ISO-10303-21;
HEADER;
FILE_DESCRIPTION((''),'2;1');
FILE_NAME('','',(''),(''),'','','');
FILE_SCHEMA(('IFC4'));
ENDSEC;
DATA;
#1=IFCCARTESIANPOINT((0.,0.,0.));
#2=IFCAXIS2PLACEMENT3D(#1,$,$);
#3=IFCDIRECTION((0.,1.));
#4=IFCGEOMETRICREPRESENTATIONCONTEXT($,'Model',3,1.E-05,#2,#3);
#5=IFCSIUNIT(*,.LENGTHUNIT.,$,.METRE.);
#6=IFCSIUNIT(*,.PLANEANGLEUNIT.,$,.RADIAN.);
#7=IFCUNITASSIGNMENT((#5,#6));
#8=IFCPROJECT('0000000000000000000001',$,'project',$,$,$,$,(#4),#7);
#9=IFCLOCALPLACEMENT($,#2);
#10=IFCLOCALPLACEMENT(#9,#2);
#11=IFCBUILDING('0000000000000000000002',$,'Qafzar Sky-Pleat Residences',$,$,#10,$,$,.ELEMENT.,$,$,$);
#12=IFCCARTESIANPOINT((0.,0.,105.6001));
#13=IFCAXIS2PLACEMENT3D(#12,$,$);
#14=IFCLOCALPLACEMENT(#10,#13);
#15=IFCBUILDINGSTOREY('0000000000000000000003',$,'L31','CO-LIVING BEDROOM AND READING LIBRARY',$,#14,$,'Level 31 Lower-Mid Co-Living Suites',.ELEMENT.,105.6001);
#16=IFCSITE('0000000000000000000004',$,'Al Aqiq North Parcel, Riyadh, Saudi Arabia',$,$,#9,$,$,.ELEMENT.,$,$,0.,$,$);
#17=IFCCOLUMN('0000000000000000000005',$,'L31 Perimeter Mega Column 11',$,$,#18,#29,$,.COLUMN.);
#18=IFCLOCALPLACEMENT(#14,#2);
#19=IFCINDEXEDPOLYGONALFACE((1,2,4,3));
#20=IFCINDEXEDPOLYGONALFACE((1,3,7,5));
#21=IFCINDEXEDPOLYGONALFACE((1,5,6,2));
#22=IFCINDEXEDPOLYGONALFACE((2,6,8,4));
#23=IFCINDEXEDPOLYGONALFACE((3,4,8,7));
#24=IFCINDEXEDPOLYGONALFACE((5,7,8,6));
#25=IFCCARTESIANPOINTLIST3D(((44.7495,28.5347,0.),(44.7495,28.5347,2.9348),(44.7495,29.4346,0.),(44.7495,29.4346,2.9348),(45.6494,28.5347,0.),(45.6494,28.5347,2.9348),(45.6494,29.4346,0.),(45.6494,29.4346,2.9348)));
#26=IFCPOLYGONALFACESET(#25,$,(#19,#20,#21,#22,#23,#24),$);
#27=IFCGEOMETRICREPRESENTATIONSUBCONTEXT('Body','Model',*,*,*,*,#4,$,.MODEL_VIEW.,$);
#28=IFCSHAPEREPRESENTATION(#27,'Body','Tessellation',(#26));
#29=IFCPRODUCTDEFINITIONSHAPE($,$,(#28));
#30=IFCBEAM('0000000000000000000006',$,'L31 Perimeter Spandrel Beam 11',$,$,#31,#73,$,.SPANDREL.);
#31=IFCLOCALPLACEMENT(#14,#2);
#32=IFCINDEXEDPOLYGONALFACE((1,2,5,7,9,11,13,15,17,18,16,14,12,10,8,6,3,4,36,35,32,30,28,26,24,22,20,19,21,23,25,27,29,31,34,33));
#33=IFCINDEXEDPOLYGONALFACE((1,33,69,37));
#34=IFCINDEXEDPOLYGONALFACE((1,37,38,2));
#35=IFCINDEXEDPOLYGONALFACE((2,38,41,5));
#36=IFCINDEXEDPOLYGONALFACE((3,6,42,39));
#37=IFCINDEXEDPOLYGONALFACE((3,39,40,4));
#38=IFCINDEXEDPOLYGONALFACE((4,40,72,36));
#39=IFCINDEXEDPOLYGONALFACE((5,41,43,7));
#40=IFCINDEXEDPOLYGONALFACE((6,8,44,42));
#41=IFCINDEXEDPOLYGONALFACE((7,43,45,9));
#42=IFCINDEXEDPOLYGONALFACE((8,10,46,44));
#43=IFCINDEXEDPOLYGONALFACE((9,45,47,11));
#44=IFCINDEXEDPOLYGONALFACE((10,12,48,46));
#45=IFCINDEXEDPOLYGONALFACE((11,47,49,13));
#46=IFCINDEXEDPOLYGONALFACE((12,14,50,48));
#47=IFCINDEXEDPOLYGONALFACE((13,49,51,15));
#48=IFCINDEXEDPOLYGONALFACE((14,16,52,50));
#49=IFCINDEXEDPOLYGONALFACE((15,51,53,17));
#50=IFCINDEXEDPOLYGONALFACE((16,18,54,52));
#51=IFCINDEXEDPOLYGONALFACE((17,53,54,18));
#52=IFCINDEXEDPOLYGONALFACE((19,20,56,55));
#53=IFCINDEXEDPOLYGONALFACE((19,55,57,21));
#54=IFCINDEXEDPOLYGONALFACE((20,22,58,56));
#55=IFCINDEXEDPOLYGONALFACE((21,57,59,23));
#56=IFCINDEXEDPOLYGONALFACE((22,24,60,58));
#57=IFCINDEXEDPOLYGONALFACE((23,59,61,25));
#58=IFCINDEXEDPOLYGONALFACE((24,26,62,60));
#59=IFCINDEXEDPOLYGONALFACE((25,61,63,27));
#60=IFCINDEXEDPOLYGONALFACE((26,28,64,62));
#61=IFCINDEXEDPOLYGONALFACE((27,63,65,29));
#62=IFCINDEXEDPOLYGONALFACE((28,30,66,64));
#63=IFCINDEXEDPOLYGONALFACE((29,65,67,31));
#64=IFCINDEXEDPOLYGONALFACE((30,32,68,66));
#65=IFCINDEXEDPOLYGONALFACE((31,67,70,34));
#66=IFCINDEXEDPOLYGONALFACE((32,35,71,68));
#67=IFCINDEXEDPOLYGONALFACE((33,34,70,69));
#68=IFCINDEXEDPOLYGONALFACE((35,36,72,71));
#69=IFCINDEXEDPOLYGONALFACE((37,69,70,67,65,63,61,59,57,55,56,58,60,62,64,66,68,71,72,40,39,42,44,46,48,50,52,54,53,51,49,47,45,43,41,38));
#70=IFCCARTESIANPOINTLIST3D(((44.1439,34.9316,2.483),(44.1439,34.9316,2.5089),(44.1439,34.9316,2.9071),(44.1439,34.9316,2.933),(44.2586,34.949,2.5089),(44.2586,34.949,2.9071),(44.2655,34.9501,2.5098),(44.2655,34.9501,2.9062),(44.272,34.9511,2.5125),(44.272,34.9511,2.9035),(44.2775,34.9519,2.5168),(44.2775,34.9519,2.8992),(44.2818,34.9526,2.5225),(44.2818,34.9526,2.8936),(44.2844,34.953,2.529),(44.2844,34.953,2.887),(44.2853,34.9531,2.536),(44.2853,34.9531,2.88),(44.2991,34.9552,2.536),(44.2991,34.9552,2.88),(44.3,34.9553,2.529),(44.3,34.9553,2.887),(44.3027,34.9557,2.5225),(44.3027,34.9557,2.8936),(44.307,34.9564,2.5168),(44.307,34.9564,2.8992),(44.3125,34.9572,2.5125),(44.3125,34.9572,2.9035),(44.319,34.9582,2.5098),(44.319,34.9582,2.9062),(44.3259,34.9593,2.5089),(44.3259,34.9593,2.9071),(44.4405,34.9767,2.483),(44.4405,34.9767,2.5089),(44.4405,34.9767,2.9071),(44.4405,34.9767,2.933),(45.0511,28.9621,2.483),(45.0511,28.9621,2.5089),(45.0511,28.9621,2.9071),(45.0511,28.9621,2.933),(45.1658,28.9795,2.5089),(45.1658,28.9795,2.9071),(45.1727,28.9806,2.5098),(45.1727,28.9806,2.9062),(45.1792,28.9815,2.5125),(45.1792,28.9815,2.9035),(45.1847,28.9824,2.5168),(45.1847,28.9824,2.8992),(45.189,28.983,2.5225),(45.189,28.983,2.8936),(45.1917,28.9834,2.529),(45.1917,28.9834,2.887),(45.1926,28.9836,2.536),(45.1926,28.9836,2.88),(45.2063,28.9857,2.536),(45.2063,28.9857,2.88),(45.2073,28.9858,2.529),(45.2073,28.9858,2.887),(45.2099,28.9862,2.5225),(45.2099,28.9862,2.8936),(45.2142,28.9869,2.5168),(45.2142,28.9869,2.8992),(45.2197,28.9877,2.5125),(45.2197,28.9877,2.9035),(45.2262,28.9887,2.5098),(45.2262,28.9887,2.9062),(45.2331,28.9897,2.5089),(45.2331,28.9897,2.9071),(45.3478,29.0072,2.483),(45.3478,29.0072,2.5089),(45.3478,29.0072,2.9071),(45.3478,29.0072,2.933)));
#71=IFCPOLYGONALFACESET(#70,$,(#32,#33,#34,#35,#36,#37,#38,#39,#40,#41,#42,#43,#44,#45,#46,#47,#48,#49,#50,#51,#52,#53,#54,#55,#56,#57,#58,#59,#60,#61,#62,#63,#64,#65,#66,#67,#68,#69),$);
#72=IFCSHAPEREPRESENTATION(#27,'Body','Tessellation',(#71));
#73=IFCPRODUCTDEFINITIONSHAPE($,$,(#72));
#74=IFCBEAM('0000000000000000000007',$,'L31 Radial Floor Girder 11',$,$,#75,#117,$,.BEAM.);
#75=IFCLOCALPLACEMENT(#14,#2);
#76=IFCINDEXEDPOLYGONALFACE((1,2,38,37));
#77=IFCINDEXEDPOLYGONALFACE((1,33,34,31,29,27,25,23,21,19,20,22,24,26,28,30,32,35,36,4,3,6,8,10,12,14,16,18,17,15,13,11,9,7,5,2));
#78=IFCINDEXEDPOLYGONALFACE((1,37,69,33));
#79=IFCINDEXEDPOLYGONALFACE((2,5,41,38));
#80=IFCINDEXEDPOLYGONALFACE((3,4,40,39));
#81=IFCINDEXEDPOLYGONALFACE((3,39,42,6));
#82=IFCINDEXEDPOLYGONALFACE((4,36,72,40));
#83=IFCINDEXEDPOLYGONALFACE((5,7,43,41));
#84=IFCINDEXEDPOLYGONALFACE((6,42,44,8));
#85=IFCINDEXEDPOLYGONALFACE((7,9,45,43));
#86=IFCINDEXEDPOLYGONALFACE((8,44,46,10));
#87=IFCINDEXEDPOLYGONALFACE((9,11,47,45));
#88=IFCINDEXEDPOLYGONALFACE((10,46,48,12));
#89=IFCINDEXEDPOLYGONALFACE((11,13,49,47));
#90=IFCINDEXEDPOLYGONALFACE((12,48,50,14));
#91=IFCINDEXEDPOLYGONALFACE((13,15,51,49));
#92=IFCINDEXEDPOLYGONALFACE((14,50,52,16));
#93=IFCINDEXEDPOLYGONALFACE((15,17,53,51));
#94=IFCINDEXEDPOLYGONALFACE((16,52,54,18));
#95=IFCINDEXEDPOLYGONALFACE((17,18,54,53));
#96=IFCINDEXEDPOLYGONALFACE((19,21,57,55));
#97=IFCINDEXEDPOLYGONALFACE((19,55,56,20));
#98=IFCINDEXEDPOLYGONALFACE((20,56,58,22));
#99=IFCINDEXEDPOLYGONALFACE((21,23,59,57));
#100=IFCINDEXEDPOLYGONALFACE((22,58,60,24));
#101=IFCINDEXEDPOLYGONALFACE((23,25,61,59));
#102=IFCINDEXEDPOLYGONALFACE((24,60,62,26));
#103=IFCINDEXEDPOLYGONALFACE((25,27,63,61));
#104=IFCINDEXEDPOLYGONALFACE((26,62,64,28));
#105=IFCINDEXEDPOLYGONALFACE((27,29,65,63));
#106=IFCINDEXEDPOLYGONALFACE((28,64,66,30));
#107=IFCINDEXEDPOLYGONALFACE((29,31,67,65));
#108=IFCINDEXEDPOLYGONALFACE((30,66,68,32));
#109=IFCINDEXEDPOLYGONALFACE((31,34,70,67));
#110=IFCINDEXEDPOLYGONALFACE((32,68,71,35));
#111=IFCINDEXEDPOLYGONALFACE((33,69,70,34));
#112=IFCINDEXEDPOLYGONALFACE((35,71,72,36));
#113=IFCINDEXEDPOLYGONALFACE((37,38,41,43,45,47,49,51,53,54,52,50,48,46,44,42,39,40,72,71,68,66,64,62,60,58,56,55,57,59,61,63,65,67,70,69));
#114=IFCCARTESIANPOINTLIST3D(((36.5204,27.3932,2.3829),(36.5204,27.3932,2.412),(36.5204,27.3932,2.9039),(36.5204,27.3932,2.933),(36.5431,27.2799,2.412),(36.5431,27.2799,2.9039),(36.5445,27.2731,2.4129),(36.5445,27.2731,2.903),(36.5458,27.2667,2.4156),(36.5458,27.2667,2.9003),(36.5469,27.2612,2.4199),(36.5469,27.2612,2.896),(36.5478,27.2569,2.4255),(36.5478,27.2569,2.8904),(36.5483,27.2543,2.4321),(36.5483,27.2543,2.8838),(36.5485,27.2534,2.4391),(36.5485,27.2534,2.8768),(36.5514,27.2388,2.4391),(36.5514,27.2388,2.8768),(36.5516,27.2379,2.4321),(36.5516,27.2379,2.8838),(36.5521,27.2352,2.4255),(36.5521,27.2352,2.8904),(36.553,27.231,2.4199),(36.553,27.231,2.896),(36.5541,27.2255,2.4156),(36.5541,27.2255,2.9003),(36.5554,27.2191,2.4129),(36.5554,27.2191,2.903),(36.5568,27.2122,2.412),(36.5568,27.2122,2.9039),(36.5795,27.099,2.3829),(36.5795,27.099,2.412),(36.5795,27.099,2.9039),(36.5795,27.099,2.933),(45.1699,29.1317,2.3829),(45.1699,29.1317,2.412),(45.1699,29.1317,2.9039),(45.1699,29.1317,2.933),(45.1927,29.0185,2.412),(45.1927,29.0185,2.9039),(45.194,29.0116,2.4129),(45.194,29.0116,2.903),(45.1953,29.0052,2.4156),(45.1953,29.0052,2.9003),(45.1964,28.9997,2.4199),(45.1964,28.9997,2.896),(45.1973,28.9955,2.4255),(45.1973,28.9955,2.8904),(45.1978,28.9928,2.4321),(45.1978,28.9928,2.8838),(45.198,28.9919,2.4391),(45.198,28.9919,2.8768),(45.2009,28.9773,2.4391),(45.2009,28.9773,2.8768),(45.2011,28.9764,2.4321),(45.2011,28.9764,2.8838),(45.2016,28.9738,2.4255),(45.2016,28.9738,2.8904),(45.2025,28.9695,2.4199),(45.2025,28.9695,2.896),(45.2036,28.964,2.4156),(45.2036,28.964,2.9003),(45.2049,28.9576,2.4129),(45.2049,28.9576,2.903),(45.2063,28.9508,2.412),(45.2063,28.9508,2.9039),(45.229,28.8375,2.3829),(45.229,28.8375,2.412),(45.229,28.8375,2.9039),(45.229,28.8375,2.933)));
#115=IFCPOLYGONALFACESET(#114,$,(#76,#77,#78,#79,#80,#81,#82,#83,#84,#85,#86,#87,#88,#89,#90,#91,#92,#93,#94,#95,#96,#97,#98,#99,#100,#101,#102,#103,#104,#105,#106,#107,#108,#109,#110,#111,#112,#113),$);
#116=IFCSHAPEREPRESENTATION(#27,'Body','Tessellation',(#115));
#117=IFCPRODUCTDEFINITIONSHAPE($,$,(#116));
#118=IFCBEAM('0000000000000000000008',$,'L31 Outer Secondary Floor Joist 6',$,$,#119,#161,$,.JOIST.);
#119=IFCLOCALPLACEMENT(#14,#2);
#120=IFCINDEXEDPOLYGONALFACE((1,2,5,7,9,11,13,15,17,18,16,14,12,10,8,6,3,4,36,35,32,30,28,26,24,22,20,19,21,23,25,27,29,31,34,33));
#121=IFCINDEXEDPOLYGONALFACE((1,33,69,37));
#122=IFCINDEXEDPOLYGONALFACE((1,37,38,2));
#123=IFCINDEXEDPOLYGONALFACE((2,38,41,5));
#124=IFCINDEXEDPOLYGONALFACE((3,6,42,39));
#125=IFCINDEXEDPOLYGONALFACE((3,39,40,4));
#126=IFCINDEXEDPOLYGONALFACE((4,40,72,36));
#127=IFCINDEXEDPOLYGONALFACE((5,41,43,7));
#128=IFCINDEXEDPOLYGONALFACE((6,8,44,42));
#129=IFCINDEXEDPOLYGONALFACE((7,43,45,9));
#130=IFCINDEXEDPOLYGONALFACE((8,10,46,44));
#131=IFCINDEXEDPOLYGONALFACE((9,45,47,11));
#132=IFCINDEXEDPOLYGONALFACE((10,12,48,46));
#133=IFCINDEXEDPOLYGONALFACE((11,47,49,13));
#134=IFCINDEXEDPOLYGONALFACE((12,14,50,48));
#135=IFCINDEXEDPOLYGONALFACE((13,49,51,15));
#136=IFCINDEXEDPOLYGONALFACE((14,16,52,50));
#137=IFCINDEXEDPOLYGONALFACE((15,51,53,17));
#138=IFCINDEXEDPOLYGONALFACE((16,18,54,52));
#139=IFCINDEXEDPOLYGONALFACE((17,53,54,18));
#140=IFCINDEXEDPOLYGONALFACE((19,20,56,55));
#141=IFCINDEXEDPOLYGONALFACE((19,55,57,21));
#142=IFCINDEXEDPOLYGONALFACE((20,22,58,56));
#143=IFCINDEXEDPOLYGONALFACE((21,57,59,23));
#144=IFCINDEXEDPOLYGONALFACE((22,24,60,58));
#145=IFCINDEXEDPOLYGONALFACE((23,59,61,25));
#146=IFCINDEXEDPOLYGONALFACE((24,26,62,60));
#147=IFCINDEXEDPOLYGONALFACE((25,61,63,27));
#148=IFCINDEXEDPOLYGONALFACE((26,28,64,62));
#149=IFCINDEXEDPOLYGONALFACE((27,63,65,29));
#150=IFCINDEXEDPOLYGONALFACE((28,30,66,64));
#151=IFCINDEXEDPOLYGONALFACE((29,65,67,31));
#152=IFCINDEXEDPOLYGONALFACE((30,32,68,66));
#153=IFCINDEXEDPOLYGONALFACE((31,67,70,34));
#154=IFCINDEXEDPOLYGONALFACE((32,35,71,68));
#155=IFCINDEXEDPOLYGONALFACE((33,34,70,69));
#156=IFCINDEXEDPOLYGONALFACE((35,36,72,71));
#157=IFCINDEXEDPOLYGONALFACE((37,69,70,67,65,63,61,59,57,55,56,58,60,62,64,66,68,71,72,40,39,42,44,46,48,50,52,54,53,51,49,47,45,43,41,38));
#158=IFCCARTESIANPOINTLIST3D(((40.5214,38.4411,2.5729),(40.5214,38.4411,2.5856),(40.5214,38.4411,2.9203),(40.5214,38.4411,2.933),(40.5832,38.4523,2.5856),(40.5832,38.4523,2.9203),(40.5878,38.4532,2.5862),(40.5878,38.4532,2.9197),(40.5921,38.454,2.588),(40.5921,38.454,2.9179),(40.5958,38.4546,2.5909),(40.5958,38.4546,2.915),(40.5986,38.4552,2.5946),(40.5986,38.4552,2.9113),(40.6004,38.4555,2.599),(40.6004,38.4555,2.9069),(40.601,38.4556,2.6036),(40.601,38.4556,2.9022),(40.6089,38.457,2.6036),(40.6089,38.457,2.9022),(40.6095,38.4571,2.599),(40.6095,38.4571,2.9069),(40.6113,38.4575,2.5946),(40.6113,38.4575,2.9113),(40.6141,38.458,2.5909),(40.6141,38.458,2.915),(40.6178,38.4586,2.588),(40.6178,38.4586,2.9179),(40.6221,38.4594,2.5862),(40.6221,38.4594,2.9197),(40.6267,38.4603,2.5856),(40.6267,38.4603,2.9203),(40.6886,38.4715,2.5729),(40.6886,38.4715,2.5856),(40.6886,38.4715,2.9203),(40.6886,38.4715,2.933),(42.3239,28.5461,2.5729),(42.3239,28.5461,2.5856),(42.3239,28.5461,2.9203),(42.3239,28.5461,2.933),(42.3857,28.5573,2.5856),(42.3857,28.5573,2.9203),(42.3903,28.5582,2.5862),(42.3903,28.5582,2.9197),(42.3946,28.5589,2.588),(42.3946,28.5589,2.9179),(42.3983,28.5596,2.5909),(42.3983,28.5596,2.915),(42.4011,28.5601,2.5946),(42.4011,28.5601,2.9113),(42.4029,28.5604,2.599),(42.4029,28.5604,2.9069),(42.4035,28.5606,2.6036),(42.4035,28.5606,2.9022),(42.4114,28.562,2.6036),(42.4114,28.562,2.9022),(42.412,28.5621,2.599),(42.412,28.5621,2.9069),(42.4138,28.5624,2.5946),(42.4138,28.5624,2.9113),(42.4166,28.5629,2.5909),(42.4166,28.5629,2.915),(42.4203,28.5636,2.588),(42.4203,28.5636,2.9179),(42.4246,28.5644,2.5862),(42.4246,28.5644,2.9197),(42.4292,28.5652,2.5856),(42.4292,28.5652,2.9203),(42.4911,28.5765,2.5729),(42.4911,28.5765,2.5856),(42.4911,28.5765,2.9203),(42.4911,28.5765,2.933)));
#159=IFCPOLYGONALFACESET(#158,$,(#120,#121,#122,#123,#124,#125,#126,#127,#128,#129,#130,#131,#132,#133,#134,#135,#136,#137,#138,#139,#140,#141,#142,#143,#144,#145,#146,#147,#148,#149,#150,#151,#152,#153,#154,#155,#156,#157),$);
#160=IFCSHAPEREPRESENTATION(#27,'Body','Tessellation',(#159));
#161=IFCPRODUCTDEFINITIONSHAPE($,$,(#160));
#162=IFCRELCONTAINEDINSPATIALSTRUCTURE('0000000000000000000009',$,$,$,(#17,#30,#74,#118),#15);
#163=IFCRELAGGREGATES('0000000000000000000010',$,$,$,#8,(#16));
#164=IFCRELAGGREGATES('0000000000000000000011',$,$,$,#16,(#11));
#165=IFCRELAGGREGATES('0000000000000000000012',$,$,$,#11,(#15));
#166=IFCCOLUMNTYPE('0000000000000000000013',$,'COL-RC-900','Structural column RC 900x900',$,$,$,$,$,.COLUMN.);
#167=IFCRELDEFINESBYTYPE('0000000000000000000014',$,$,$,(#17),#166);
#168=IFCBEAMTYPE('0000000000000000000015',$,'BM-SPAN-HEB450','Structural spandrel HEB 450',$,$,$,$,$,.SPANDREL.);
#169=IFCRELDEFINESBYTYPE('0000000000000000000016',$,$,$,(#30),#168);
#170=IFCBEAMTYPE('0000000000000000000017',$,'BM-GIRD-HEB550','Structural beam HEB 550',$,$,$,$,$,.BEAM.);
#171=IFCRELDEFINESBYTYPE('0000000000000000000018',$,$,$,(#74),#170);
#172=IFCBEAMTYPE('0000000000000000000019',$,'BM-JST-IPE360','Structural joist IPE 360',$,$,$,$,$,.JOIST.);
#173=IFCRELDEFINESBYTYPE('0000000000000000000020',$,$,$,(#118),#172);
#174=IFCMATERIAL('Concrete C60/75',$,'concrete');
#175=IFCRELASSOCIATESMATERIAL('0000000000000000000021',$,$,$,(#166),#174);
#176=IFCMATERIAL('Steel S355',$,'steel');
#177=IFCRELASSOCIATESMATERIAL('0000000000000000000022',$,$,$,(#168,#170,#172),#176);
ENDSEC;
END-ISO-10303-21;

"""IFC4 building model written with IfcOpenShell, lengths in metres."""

from ifc_helpers import new_model, si_unit, direction, frame, origin, origin_2d, place, context, subcontext, project, spatial, rectangle, i_section, extrude, source, transform, mapped, material, material_profile, profile_set, type_object, element, save


model = new_model("IFC4")

# Units and contexts
model_context = context("Model", 3, precision=1e-05, world=origin(), true_north=direction((0.0, 1.0)))
body_context = subcontext(model_context, "Body", "Model", "MODEL_VIEW")
ifc_project = project(units=[si_unit("LENGTHUNIT", "METRE"), si_unit("PLANEANGLEUNIT", "RADIAN")], contexts=[model_context])

# Site, building, storey
site_placement = place(None, origin())
site = spatial("IfcSite", under=ifc_project, at=site_placement, Name="Al Aqiq North Parcel, Riyadh, Saudi Arabia", CompositionType="ELEMENT", RefElevation=0.0)
building_placement = place(site_placement, origin())
building = spatial("IfcBuilding", under=site, at=building_placement, Name="Qafzar Sky-Pleat Residences", CompositionType="ELEMENT")
storey_placement = place(building_placement, frame((0.0, 0.0, 105.6001)))
storey = spatial("IfcBuildingStorey", under=building, at=storey_placement, Name="L31", Description="CO-LIVING BEDROOM AND READING LIBRARY", LongName="Level 31 Lower-Mid Co-Living Suites", CompositionType="ELEMENT", Elevation=105.6001)

# Column
ifc_material_1 = material(Name="Concrete C60/75", Category="concrete")
ifc_material_profile_1 = material_profile(ifc_material_1, rectangle(XDim=0.8999, YDim=0.8999, at=origin_2d()), Name="RC 900x900")
ifc_profile_set_1 = profile_set([ifc_material_profile_1], Name="Concrete C60/75")
column_type = type_object("IfcColumnType", Name="COL-RC-900", Description="Structural column RC 900x900", PredefinedType="COLUMN", material=ifc_profile_set_1)
shared_shape_1 = source(origin(), body_context, "Body", "SweptSolid", [
    extrude(rectangle(XDim=0.8999, YDim=0.8999, at=origin_2d()), origin(), (0.0, 0.0, 1.0), 2.9348),
])
column_placement = place(storey_placement, frame((45.1995, 28.9846, 0.0), z_axis=(0.0, 0.0, 1.0), x_axis=(1.0, 0.0, 0.0)))
element("IfcColumn", 1, at=column_placement, inside=storey, type_object=column_type, Name="L31 Perimeter Mega Column 11", PredefinedType="COLUMN", context=body_context, shape_type="MappedRepresentation", body=[
    mapped(shared_shape_1, transform((0.0, 0.0, 0.0), x_axis=(1.0, 0.0, 0.0), y_axis=(0.0, 1.0, 0.0), z_axis=(0.0, 0.0, 1.0), scale=1.0)),
])

# Beams
ifc_material_2 = material(Name="Steel S355", Category="steel")
ifc_material_profile_2 = material_profile(ifc_material_2, i_section(OverallWidth=0.3, OverallDepth=0.45, WebThickness=0.0139, FlangeThickness=0.0259, FilletRadius=0.0271, at=origin_2d()), Name="HEB 450")
ifc_profile_set_2 = profile_set([ifc_material_profile_2], Name="Steel S355")
beam_type_1 = type_object("IfcBeamType", Name="BM-SPAN-HEB450", Description="Structural spandrel HEB 450", PredefinedType="SPANDREL", material=ifc_profile_set_2)
shared_shape_2 = source(origin(), body_context, "Body", "SweptSolid", [
    extrude(i_section(OverallWidth=0.3, OverallDepth=0.45, WebThickness=0.0139, FlangeThickness=0.0259, FilletRadius=0.0271, at=origin_2d()), origin(), (0.0, 0.0, 1.0), 6.0381),
])
beam_1_placement = place(storey_placement, frame((45.1995, 28.9846, 2.708), z_axis=(-0.150252, 0.988648, 0.0), x_axis=(-0.988648, -0.150252, 0.0)))
element("IfcBeam", 2, at=beam_1_placement, inside=storey, type_object=beam_type_1, Name="L31 Perimeter Spandrel Beam 11", PredefinedType="SPANDREL", context=body_context, shape_type="MappedRepresentation", body=[
    mapped(shared_shape_2, transform((0.0, 0.0, 0.0), x_axis=(1.0, 0.0, 0.0), y_axis=(0.0, 1.0, 0.0), z_axis=(0.0, 0.0, 1.0), scale=1.0)),
])
ifc_material_profile_3 = material_profile(ifc_material_2, i_section(OverallWidth=0.3, OverallDepth=0.55, WebThickness=0.0149, FlangeThickness=0.0291, FilletRadius=0.0271, at=origin_2d()), Name="HEB 550")
ifc_profile_set_3 = profile_set([ifc_material_profile_3], Name="Steel S355")
beam_type_2 = type_object("IfcBeamType", Name="BM-GIRD-HEB550", Description="Structural beam HEB 550", PredefinedType="BEAM", material=ifc_profile_set_3)
shared_shape_3 = source(origin(), body_context, "Body", "SweptSolid", [
    extrude(i_section(OverallWidth=0.3, OverallDepth=0.55, WebThickness=0.0149, FlangeThickness=0.0291, FilletRadius=0.0271, at=origin_2d()), origin(), (0.0, 0.0, 1.0), 8.8225),
])
beam_2_placement = place(storey_placement, frame((45.1995, 28.9846, 2.658), z_axis=(-0.980392, -0.197058, 0.0), x_axis=(0.197058, -0.980392, 0.0)))
element("IfcBeam", 3, at=beam_2_placement, inside=storey, type_object=beam_type_2, Name="L31 Radial Floor Girder 11", PredefinedType="BEAM", context=body_context, shape_type="MappedRepresentation", body=[
    mapped(shared_shape_3, transform((0.0, 0.0, 0.0), x_axis=(1.0, 0.0, 0.0), y_axis=(0.0, 1.0, 0.0), z_axis=(0.0, 0.0, 1.0), scale=1.0)),
])
ifc_material_profile_4 = material_profile(ifc_material_2, i_section(OverallWidth=0.1699, OverallDepth=0.3601, WebThickness=0.0081, FlangeThickness=0.0127, FilletRadius=0.0181, at=origin_2d()), Name="IPE 360")
ifc_profile_set_4 = profile_set([ifc_material_profile_4], Name="Steel S355")
beam_type_3 = type_object("IfcBeamType", Name="BM-JST-IPE360", Description="Structural joist IPE 360", PredefinedType="JOIST", material=ifc_profile_set_4)
shared_shape_4 = source(origin(), body_context, "Body", "SweptSolid", [
    extrude(i_section(OverallWidth=0.1699, OverallDepth=0.3601, WebThickness=0.0081, FlangeThickness=0.0127, FilletRadius=0.0181, at=origin_2d()), origin(), (0.0, 0.0, 1.0), 10.0579),
])
beam_3_placement = place(storey_placement, frame((42.4075, 28.5613, 2.7529), z_axis=(-0.179212, 0.98381, 0.0), x_axis=(-0.98381, -0.179212, 0.0)))
element("IfcBeam", 4, at=beam_3_placement, inside=storey, type_object=beam_type_3, Name="L31 Outer Secondary Floor Joist 6", PredefinedType="JOIST", context=body_context, shape_type="MappedRepresentation", body=[
    mapped(shared_shape_4, transform((0.0, 0.0, 0.0), x_axis=(1.0, 0.0, 0.0), y_axis=(0.0, 1.0, 0.0), z_axis=(0.0, 0.0, 1.0), scale=1.0)),
])

save(model, "model.ifc")
